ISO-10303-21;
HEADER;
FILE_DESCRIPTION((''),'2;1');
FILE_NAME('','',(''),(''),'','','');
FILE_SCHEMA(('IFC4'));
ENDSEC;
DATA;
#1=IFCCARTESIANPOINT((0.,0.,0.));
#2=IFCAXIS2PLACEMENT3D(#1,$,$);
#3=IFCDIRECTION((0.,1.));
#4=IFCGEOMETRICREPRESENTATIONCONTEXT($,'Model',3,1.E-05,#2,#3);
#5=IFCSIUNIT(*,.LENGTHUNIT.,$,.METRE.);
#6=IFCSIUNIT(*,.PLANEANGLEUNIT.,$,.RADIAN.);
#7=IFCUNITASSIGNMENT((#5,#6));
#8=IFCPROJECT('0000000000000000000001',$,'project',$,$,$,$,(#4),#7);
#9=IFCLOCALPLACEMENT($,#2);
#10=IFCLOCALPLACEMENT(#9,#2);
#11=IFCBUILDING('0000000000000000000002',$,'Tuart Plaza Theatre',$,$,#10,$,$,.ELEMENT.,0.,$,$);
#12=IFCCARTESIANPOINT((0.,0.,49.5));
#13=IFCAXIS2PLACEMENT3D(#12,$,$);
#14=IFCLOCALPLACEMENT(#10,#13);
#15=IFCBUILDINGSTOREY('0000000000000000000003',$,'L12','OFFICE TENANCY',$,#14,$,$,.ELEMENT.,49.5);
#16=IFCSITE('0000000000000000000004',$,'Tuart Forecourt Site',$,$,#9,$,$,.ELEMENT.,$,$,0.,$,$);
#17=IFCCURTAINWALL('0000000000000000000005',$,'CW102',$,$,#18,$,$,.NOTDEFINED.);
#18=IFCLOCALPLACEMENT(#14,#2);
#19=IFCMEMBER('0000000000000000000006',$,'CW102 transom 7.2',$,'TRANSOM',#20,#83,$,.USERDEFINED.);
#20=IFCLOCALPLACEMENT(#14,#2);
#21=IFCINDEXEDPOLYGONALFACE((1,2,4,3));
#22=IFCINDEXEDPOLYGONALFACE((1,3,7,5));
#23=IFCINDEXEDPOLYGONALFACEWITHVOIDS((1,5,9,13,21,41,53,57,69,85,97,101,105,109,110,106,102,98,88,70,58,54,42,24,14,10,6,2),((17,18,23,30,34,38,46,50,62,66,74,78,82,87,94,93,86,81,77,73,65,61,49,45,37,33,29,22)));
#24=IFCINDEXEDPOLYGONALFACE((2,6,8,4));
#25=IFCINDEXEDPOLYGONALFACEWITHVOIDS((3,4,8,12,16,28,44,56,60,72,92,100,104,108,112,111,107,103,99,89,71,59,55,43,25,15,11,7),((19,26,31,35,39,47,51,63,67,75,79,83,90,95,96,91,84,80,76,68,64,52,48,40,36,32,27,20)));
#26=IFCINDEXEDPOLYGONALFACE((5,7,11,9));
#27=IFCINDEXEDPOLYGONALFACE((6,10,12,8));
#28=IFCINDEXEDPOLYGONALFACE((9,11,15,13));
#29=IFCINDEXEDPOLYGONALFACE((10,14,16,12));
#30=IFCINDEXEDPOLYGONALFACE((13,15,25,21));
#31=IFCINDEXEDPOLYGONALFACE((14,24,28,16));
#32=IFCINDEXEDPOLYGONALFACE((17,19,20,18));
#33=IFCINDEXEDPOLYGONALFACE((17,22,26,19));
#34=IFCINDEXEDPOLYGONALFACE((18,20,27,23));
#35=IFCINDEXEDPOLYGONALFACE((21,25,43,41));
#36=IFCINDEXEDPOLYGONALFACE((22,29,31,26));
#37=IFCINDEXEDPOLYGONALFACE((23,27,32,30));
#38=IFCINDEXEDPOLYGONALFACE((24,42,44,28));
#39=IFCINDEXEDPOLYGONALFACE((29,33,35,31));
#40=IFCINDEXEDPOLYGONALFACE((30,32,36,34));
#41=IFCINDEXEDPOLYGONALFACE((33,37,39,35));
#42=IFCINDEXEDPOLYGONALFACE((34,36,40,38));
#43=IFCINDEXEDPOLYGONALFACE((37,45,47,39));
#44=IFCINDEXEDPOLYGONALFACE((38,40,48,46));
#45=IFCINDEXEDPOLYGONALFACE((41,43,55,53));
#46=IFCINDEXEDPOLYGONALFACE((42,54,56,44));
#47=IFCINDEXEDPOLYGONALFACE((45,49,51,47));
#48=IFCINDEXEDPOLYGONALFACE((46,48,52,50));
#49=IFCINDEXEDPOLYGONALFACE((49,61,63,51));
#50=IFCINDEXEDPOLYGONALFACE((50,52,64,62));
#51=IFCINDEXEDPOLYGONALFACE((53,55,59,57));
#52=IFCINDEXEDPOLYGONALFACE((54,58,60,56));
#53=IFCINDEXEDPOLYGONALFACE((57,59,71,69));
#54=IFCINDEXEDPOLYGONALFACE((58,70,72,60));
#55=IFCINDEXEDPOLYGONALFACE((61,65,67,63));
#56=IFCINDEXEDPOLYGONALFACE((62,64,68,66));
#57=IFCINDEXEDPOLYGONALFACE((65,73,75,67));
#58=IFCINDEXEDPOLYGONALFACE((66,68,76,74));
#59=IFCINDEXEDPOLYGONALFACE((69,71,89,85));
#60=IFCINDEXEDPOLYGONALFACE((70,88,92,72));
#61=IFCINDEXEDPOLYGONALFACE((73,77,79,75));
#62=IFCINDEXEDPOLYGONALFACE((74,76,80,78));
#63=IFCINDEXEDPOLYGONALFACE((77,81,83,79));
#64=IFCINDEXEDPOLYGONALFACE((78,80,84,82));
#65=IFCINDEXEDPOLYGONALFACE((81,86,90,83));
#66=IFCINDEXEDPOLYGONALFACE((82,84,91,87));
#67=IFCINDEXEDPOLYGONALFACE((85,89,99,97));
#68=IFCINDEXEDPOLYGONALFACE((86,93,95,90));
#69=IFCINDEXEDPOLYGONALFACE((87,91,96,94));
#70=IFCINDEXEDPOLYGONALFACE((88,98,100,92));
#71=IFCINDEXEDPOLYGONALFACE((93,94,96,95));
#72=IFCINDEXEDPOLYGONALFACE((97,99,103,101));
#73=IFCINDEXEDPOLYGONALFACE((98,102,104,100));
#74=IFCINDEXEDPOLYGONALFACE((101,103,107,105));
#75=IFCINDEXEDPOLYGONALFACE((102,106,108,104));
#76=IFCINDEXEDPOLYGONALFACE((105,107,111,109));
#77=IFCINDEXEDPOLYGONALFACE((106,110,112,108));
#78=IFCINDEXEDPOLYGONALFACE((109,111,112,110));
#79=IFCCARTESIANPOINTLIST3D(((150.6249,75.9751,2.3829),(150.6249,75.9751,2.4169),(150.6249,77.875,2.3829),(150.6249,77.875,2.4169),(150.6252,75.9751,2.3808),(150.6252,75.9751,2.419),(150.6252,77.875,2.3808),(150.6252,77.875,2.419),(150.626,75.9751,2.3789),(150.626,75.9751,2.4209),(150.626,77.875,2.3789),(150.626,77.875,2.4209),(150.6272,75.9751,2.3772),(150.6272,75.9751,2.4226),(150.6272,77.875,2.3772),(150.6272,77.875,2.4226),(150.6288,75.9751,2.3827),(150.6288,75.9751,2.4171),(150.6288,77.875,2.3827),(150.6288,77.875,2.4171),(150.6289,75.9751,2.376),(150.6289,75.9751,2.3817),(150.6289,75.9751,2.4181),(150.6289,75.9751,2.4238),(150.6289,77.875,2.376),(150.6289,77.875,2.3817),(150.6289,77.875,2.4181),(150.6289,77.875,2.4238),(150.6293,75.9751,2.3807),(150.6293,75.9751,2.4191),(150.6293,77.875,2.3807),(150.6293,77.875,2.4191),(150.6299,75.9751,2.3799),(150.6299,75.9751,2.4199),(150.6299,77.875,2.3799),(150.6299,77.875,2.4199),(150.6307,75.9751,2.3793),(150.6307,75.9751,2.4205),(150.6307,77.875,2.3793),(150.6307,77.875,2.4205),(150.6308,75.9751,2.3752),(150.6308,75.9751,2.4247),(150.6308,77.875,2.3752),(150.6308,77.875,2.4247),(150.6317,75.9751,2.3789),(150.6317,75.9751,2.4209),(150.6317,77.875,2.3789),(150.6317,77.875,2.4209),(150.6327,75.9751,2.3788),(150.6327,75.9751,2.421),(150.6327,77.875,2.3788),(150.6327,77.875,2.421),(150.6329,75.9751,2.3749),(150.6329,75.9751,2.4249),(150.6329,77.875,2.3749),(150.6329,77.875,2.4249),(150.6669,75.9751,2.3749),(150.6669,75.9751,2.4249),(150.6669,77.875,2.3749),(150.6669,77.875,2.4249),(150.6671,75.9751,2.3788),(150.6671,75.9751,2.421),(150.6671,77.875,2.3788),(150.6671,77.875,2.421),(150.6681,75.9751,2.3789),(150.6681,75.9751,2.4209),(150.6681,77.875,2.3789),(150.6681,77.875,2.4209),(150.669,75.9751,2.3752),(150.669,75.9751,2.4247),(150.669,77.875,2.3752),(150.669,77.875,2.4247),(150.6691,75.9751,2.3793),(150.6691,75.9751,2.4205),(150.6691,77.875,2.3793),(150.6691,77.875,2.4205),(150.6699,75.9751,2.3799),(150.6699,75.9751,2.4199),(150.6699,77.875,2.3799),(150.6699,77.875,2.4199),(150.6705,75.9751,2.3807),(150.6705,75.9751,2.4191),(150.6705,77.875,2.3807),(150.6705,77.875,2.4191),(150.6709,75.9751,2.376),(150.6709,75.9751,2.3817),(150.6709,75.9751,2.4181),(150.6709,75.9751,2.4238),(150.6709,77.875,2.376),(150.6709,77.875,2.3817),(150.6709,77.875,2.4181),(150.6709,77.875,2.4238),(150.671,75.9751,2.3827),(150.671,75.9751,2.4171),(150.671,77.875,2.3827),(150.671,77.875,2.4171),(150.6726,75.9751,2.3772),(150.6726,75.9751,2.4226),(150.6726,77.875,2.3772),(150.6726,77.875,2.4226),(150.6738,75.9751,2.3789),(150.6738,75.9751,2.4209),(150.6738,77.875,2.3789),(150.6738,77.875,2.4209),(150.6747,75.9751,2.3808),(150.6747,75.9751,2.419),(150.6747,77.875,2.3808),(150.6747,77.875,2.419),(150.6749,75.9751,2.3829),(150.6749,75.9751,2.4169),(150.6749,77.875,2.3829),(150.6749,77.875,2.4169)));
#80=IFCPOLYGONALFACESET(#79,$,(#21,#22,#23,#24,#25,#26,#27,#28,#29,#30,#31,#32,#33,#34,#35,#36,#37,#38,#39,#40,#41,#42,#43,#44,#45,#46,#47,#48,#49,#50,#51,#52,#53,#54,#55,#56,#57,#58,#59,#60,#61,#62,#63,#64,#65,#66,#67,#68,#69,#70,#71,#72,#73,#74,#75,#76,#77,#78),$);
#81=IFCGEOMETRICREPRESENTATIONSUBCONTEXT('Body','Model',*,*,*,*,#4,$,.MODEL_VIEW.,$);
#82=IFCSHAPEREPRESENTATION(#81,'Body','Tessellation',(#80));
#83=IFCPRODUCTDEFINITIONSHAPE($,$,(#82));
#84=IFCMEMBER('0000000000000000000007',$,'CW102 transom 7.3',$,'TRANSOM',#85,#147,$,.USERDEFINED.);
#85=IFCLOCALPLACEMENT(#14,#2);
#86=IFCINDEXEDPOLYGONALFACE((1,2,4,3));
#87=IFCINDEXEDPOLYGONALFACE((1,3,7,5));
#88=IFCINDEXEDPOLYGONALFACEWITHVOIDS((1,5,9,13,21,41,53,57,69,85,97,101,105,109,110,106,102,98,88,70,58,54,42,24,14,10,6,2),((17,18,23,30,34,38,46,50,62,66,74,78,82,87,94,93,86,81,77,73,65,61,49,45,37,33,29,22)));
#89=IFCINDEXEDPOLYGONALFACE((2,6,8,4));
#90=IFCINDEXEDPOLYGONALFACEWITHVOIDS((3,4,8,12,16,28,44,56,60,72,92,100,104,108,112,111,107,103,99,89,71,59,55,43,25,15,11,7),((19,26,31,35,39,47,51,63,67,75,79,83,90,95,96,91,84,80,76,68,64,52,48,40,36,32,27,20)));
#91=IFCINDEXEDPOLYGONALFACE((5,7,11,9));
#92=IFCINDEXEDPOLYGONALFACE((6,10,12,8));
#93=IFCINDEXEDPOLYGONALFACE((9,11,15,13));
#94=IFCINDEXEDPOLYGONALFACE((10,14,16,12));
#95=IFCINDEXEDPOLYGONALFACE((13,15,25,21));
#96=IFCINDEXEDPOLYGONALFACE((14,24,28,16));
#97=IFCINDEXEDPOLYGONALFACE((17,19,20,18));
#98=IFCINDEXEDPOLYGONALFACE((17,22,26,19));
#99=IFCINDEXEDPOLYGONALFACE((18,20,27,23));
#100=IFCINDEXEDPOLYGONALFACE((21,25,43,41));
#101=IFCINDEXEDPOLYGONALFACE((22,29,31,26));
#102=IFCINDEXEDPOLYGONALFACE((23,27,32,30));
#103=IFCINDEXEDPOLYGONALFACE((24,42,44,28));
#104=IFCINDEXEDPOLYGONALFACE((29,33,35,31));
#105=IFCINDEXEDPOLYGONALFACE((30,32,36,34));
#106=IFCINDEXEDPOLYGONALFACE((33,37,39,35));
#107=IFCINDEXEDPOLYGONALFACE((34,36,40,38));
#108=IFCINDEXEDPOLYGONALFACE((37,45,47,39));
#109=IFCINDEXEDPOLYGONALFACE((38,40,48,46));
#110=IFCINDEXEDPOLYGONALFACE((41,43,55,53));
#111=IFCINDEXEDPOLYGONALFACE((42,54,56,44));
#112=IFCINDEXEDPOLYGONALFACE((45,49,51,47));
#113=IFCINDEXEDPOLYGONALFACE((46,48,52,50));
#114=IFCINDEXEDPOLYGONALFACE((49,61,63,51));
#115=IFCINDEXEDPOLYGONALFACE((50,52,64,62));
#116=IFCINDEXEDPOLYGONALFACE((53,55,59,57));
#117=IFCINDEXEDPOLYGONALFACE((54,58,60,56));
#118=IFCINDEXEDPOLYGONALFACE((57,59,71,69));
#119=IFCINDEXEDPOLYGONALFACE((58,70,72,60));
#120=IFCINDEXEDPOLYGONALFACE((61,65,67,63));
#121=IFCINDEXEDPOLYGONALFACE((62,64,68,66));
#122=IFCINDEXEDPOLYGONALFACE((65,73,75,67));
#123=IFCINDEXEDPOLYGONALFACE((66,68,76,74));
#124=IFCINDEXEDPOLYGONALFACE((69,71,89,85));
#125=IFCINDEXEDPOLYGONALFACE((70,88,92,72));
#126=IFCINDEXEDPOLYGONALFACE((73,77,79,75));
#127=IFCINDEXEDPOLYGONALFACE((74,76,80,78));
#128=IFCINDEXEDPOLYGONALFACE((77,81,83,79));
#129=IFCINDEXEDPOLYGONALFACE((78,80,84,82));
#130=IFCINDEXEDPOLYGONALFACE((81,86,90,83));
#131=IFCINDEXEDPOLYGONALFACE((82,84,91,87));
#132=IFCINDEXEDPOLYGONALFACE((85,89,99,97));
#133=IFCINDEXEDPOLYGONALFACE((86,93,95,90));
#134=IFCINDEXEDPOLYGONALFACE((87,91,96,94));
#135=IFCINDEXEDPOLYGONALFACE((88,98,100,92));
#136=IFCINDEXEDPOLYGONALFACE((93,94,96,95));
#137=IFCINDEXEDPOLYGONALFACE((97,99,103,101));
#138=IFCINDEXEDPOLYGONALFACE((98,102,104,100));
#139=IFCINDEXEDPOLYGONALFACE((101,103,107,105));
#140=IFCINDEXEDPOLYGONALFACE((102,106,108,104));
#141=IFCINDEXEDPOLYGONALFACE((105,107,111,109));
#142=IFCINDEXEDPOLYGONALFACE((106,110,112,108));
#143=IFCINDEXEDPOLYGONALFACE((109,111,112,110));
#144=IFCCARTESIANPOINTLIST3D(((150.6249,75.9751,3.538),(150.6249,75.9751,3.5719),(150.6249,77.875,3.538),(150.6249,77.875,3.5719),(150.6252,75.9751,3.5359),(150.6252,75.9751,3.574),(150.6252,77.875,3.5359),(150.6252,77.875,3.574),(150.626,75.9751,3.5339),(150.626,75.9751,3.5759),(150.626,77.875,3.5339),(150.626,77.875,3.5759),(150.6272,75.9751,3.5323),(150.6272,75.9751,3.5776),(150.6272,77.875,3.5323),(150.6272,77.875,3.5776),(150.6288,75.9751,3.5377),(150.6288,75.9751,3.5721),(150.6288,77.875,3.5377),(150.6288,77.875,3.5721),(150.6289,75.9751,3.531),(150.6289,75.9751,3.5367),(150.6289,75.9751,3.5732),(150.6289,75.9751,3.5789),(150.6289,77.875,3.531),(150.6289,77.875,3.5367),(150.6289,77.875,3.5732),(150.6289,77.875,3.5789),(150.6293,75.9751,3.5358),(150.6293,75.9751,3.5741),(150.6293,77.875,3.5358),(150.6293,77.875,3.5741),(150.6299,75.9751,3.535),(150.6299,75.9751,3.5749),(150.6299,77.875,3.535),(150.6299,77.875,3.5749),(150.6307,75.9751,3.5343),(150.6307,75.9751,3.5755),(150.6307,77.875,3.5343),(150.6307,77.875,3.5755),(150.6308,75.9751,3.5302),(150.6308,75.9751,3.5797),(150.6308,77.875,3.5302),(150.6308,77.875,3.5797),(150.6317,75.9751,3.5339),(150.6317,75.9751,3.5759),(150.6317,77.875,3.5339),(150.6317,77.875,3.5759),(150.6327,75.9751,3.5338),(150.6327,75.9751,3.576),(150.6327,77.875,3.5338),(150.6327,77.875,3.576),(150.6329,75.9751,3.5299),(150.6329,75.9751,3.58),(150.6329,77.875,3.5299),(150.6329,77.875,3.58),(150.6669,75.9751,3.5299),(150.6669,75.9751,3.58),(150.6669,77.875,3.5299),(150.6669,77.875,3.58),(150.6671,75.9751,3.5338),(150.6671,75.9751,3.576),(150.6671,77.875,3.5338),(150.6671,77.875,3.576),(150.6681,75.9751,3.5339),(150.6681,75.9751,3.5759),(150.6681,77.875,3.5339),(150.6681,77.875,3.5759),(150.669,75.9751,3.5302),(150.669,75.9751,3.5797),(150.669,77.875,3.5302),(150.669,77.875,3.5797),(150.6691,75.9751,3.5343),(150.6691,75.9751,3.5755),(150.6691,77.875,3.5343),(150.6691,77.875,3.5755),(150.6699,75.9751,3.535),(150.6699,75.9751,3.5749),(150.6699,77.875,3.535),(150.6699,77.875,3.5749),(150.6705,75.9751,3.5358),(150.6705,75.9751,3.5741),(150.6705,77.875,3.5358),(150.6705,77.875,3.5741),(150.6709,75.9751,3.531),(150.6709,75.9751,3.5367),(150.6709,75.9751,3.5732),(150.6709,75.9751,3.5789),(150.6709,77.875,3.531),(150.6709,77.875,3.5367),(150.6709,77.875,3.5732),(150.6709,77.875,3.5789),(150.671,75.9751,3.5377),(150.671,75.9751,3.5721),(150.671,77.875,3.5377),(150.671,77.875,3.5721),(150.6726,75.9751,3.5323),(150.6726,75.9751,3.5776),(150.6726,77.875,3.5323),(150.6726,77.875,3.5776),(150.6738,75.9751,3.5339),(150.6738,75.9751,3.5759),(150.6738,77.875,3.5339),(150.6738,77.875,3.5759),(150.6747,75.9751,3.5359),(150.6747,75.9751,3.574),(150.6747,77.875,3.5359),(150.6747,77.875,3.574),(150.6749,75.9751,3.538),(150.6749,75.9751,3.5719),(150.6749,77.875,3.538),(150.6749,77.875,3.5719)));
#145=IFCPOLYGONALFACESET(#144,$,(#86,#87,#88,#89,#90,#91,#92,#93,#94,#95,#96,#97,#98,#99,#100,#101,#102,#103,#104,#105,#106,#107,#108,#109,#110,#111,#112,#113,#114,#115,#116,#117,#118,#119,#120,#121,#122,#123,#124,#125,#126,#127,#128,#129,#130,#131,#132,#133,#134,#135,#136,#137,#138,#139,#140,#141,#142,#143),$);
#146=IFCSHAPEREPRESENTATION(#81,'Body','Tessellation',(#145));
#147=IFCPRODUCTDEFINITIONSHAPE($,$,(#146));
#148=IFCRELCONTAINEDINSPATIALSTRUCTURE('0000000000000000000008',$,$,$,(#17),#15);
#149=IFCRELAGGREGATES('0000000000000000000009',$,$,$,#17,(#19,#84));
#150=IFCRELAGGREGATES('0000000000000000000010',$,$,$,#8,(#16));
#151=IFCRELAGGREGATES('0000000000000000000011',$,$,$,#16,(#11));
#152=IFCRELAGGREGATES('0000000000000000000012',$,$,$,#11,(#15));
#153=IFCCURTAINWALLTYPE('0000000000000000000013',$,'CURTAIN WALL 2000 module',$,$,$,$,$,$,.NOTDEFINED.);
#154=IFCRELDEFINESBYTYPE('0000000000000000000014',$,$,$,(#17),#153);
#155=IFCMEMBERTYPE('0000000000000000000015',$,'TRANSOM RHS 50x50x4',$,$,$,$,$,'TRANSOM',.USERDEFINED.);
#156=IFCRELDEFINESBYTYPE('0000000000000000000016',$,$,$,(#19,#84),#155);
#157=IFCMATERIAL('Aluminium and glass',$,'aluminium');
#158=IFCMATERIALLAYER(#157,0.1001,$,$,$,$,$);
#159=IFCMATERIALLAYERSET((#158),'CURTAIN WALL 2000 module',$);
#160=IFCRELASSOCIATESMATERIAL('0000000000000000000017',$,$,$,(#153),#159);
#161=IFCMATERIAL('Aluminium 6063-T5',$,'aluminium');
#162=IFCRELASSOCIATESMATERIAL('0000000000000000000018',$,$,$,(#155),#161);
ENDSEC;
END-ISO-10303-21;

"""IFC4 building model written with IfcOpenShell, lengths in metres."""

from ifc_helpers import new_model, si_unit, direction, frame, origin, origin_2d, place, context, subcontext, project, spatial, hollow_rectangle, extrude, material, layer, layer_set, material_profile, profile_set, type_object, element, aggregate, save


model = new_model("IFC4")

# Units and contexts
model_context = context("Model", 3, precision=1e-05, world=origin(), true_north=direction((0.0, 1.0)))
body_context = subcontext(model_context, "Body", "Model", "MODEL_VIEW")
ifc_project = project(units=[si_unit("LENGTHUNIT", "METRE"), si_unit("PLANEANGLEUNIT", "RADIAN")], contexts=[model_context])

# Site, building, storey
site_placement = place(None, origin())
site = spatial("IfcSite", under=ifc_project, at=site_placement, Name="Tuart Forecourt Site", CompositionType="ELEMENT", RefElevation=0.0)
building_placement = place(site_placement, origin())
building = spatial("IfcBuilding", under=site, at=building_placement, Name="Tuart Plaza Theatre", CompositionType="ELEMENT", ElevationOfRefHeight=0.0)
storey_placement = place(building_placement, frame((0.0, 0.0, 49.5)))
storey = spatial("IfcBuildingStorey", under=building, at=storey_placement, Name="L12", Description="OFFICE TENANCY", CompositionType="ELEMENT", Elevation=49.5)

# Curtain wall, members
ifc_material_1 = material(Name="Aluminium and glass", Category="aluminium")
ifc_layer_1 = layer(ifc_material_1, 0.1001)
ifc_layer_set_1 = layer_set([ifc_layer_1], Name="CURTAIN WALL 2000 module")
curtain_wall_type = type_object("IfcCurtainWallType", Name="CURTAIN WALL 2000 module", PredefinedType="NOTDEFINED", material=ifc_layer_set_1)
curtain_wall_placement = place(storey_placement, origin())
curtain_wall = element("IfcCurtainWall", 1, at=curtain_wall_placement, inside=storey, type_object=curtain_wall_type, Name="CW102", PredefinedType="NOTDEFINED")
ifc_material_2 = material(Name="Aluminium 6063-T5", Category="aluminium")
ifc_material_profile_1 = material_profile(ifc_material_2, hollow_rectangle(XDim=0.05, YDim=0.05, WallThickness=0.0039, InnerFilletRadius=0.0039, OuterFilletRadius=0.0081, at=origin_2d()), Name="RHS 50x50x4")
ifc_profile_set_1 = profile_set([ifc_material_profile_1], Name="Aluminium 6063-T5")
member_type_1 = type_object("IfcMemberType", Name="TRANSOM RHS 50x50x4", ElementType="TRANSOM", PredefinedType="USERDEFINED", material=ifc_profile_set_1)
member_1_placement = place(storey_placement, frame((150.6499, 75.9751, 2.3999), z_axis=(0.0, 1.0, 0.0), x_axis=(-1.0, 0.0, 0.0)))
member_1 = element("IfcMember", 2, at=member_1_placement, type_object=member_type_1, Name="CW102 transom 7.2", ObjectType="TRANSOM", PredefinedType="USERDEFINED", context=body_context, shape_type="SweptSolid", body=[
    extrude(hollow_rectangle(XDim=0.05, YDim=0.05, WallThickness=0.0039, InnerFilletRadius=0.0039, OuterFilletRadius=0.0081, at=origin_2d()), origin(), (0.0, 0.0, 1.0), 1.8999),
])
member_2_placement = place(storey_placement, frame((150.6499, 75.9751, 3.5549), z_axis=(0.0, 1.0, 0.0), x_axis=(-1.0, 0.0, 0.0)))
member_2 = element("IfcMember", 3, at=member_2_placement, type_object=member_type_1, Name="CW102 transom 7.3", ObjectType="TRANSOM", PredefinedType="USERDEFINED", context=body_context, shape_type="SweptSolid", body=[
    extrude(hollow_rectangle(XDim=0.05, YDim=0.05, WallThickness=0.0039, InnerFilletRadius=0.0039, OuterFilletRadius=0.0081, at=origin_2d()), origin(), (0.0, 0.0, 1.0), 1.8999),
])
aggregate(curtain_wall, [member_1, member_2])

save(model, "model.ifc")
